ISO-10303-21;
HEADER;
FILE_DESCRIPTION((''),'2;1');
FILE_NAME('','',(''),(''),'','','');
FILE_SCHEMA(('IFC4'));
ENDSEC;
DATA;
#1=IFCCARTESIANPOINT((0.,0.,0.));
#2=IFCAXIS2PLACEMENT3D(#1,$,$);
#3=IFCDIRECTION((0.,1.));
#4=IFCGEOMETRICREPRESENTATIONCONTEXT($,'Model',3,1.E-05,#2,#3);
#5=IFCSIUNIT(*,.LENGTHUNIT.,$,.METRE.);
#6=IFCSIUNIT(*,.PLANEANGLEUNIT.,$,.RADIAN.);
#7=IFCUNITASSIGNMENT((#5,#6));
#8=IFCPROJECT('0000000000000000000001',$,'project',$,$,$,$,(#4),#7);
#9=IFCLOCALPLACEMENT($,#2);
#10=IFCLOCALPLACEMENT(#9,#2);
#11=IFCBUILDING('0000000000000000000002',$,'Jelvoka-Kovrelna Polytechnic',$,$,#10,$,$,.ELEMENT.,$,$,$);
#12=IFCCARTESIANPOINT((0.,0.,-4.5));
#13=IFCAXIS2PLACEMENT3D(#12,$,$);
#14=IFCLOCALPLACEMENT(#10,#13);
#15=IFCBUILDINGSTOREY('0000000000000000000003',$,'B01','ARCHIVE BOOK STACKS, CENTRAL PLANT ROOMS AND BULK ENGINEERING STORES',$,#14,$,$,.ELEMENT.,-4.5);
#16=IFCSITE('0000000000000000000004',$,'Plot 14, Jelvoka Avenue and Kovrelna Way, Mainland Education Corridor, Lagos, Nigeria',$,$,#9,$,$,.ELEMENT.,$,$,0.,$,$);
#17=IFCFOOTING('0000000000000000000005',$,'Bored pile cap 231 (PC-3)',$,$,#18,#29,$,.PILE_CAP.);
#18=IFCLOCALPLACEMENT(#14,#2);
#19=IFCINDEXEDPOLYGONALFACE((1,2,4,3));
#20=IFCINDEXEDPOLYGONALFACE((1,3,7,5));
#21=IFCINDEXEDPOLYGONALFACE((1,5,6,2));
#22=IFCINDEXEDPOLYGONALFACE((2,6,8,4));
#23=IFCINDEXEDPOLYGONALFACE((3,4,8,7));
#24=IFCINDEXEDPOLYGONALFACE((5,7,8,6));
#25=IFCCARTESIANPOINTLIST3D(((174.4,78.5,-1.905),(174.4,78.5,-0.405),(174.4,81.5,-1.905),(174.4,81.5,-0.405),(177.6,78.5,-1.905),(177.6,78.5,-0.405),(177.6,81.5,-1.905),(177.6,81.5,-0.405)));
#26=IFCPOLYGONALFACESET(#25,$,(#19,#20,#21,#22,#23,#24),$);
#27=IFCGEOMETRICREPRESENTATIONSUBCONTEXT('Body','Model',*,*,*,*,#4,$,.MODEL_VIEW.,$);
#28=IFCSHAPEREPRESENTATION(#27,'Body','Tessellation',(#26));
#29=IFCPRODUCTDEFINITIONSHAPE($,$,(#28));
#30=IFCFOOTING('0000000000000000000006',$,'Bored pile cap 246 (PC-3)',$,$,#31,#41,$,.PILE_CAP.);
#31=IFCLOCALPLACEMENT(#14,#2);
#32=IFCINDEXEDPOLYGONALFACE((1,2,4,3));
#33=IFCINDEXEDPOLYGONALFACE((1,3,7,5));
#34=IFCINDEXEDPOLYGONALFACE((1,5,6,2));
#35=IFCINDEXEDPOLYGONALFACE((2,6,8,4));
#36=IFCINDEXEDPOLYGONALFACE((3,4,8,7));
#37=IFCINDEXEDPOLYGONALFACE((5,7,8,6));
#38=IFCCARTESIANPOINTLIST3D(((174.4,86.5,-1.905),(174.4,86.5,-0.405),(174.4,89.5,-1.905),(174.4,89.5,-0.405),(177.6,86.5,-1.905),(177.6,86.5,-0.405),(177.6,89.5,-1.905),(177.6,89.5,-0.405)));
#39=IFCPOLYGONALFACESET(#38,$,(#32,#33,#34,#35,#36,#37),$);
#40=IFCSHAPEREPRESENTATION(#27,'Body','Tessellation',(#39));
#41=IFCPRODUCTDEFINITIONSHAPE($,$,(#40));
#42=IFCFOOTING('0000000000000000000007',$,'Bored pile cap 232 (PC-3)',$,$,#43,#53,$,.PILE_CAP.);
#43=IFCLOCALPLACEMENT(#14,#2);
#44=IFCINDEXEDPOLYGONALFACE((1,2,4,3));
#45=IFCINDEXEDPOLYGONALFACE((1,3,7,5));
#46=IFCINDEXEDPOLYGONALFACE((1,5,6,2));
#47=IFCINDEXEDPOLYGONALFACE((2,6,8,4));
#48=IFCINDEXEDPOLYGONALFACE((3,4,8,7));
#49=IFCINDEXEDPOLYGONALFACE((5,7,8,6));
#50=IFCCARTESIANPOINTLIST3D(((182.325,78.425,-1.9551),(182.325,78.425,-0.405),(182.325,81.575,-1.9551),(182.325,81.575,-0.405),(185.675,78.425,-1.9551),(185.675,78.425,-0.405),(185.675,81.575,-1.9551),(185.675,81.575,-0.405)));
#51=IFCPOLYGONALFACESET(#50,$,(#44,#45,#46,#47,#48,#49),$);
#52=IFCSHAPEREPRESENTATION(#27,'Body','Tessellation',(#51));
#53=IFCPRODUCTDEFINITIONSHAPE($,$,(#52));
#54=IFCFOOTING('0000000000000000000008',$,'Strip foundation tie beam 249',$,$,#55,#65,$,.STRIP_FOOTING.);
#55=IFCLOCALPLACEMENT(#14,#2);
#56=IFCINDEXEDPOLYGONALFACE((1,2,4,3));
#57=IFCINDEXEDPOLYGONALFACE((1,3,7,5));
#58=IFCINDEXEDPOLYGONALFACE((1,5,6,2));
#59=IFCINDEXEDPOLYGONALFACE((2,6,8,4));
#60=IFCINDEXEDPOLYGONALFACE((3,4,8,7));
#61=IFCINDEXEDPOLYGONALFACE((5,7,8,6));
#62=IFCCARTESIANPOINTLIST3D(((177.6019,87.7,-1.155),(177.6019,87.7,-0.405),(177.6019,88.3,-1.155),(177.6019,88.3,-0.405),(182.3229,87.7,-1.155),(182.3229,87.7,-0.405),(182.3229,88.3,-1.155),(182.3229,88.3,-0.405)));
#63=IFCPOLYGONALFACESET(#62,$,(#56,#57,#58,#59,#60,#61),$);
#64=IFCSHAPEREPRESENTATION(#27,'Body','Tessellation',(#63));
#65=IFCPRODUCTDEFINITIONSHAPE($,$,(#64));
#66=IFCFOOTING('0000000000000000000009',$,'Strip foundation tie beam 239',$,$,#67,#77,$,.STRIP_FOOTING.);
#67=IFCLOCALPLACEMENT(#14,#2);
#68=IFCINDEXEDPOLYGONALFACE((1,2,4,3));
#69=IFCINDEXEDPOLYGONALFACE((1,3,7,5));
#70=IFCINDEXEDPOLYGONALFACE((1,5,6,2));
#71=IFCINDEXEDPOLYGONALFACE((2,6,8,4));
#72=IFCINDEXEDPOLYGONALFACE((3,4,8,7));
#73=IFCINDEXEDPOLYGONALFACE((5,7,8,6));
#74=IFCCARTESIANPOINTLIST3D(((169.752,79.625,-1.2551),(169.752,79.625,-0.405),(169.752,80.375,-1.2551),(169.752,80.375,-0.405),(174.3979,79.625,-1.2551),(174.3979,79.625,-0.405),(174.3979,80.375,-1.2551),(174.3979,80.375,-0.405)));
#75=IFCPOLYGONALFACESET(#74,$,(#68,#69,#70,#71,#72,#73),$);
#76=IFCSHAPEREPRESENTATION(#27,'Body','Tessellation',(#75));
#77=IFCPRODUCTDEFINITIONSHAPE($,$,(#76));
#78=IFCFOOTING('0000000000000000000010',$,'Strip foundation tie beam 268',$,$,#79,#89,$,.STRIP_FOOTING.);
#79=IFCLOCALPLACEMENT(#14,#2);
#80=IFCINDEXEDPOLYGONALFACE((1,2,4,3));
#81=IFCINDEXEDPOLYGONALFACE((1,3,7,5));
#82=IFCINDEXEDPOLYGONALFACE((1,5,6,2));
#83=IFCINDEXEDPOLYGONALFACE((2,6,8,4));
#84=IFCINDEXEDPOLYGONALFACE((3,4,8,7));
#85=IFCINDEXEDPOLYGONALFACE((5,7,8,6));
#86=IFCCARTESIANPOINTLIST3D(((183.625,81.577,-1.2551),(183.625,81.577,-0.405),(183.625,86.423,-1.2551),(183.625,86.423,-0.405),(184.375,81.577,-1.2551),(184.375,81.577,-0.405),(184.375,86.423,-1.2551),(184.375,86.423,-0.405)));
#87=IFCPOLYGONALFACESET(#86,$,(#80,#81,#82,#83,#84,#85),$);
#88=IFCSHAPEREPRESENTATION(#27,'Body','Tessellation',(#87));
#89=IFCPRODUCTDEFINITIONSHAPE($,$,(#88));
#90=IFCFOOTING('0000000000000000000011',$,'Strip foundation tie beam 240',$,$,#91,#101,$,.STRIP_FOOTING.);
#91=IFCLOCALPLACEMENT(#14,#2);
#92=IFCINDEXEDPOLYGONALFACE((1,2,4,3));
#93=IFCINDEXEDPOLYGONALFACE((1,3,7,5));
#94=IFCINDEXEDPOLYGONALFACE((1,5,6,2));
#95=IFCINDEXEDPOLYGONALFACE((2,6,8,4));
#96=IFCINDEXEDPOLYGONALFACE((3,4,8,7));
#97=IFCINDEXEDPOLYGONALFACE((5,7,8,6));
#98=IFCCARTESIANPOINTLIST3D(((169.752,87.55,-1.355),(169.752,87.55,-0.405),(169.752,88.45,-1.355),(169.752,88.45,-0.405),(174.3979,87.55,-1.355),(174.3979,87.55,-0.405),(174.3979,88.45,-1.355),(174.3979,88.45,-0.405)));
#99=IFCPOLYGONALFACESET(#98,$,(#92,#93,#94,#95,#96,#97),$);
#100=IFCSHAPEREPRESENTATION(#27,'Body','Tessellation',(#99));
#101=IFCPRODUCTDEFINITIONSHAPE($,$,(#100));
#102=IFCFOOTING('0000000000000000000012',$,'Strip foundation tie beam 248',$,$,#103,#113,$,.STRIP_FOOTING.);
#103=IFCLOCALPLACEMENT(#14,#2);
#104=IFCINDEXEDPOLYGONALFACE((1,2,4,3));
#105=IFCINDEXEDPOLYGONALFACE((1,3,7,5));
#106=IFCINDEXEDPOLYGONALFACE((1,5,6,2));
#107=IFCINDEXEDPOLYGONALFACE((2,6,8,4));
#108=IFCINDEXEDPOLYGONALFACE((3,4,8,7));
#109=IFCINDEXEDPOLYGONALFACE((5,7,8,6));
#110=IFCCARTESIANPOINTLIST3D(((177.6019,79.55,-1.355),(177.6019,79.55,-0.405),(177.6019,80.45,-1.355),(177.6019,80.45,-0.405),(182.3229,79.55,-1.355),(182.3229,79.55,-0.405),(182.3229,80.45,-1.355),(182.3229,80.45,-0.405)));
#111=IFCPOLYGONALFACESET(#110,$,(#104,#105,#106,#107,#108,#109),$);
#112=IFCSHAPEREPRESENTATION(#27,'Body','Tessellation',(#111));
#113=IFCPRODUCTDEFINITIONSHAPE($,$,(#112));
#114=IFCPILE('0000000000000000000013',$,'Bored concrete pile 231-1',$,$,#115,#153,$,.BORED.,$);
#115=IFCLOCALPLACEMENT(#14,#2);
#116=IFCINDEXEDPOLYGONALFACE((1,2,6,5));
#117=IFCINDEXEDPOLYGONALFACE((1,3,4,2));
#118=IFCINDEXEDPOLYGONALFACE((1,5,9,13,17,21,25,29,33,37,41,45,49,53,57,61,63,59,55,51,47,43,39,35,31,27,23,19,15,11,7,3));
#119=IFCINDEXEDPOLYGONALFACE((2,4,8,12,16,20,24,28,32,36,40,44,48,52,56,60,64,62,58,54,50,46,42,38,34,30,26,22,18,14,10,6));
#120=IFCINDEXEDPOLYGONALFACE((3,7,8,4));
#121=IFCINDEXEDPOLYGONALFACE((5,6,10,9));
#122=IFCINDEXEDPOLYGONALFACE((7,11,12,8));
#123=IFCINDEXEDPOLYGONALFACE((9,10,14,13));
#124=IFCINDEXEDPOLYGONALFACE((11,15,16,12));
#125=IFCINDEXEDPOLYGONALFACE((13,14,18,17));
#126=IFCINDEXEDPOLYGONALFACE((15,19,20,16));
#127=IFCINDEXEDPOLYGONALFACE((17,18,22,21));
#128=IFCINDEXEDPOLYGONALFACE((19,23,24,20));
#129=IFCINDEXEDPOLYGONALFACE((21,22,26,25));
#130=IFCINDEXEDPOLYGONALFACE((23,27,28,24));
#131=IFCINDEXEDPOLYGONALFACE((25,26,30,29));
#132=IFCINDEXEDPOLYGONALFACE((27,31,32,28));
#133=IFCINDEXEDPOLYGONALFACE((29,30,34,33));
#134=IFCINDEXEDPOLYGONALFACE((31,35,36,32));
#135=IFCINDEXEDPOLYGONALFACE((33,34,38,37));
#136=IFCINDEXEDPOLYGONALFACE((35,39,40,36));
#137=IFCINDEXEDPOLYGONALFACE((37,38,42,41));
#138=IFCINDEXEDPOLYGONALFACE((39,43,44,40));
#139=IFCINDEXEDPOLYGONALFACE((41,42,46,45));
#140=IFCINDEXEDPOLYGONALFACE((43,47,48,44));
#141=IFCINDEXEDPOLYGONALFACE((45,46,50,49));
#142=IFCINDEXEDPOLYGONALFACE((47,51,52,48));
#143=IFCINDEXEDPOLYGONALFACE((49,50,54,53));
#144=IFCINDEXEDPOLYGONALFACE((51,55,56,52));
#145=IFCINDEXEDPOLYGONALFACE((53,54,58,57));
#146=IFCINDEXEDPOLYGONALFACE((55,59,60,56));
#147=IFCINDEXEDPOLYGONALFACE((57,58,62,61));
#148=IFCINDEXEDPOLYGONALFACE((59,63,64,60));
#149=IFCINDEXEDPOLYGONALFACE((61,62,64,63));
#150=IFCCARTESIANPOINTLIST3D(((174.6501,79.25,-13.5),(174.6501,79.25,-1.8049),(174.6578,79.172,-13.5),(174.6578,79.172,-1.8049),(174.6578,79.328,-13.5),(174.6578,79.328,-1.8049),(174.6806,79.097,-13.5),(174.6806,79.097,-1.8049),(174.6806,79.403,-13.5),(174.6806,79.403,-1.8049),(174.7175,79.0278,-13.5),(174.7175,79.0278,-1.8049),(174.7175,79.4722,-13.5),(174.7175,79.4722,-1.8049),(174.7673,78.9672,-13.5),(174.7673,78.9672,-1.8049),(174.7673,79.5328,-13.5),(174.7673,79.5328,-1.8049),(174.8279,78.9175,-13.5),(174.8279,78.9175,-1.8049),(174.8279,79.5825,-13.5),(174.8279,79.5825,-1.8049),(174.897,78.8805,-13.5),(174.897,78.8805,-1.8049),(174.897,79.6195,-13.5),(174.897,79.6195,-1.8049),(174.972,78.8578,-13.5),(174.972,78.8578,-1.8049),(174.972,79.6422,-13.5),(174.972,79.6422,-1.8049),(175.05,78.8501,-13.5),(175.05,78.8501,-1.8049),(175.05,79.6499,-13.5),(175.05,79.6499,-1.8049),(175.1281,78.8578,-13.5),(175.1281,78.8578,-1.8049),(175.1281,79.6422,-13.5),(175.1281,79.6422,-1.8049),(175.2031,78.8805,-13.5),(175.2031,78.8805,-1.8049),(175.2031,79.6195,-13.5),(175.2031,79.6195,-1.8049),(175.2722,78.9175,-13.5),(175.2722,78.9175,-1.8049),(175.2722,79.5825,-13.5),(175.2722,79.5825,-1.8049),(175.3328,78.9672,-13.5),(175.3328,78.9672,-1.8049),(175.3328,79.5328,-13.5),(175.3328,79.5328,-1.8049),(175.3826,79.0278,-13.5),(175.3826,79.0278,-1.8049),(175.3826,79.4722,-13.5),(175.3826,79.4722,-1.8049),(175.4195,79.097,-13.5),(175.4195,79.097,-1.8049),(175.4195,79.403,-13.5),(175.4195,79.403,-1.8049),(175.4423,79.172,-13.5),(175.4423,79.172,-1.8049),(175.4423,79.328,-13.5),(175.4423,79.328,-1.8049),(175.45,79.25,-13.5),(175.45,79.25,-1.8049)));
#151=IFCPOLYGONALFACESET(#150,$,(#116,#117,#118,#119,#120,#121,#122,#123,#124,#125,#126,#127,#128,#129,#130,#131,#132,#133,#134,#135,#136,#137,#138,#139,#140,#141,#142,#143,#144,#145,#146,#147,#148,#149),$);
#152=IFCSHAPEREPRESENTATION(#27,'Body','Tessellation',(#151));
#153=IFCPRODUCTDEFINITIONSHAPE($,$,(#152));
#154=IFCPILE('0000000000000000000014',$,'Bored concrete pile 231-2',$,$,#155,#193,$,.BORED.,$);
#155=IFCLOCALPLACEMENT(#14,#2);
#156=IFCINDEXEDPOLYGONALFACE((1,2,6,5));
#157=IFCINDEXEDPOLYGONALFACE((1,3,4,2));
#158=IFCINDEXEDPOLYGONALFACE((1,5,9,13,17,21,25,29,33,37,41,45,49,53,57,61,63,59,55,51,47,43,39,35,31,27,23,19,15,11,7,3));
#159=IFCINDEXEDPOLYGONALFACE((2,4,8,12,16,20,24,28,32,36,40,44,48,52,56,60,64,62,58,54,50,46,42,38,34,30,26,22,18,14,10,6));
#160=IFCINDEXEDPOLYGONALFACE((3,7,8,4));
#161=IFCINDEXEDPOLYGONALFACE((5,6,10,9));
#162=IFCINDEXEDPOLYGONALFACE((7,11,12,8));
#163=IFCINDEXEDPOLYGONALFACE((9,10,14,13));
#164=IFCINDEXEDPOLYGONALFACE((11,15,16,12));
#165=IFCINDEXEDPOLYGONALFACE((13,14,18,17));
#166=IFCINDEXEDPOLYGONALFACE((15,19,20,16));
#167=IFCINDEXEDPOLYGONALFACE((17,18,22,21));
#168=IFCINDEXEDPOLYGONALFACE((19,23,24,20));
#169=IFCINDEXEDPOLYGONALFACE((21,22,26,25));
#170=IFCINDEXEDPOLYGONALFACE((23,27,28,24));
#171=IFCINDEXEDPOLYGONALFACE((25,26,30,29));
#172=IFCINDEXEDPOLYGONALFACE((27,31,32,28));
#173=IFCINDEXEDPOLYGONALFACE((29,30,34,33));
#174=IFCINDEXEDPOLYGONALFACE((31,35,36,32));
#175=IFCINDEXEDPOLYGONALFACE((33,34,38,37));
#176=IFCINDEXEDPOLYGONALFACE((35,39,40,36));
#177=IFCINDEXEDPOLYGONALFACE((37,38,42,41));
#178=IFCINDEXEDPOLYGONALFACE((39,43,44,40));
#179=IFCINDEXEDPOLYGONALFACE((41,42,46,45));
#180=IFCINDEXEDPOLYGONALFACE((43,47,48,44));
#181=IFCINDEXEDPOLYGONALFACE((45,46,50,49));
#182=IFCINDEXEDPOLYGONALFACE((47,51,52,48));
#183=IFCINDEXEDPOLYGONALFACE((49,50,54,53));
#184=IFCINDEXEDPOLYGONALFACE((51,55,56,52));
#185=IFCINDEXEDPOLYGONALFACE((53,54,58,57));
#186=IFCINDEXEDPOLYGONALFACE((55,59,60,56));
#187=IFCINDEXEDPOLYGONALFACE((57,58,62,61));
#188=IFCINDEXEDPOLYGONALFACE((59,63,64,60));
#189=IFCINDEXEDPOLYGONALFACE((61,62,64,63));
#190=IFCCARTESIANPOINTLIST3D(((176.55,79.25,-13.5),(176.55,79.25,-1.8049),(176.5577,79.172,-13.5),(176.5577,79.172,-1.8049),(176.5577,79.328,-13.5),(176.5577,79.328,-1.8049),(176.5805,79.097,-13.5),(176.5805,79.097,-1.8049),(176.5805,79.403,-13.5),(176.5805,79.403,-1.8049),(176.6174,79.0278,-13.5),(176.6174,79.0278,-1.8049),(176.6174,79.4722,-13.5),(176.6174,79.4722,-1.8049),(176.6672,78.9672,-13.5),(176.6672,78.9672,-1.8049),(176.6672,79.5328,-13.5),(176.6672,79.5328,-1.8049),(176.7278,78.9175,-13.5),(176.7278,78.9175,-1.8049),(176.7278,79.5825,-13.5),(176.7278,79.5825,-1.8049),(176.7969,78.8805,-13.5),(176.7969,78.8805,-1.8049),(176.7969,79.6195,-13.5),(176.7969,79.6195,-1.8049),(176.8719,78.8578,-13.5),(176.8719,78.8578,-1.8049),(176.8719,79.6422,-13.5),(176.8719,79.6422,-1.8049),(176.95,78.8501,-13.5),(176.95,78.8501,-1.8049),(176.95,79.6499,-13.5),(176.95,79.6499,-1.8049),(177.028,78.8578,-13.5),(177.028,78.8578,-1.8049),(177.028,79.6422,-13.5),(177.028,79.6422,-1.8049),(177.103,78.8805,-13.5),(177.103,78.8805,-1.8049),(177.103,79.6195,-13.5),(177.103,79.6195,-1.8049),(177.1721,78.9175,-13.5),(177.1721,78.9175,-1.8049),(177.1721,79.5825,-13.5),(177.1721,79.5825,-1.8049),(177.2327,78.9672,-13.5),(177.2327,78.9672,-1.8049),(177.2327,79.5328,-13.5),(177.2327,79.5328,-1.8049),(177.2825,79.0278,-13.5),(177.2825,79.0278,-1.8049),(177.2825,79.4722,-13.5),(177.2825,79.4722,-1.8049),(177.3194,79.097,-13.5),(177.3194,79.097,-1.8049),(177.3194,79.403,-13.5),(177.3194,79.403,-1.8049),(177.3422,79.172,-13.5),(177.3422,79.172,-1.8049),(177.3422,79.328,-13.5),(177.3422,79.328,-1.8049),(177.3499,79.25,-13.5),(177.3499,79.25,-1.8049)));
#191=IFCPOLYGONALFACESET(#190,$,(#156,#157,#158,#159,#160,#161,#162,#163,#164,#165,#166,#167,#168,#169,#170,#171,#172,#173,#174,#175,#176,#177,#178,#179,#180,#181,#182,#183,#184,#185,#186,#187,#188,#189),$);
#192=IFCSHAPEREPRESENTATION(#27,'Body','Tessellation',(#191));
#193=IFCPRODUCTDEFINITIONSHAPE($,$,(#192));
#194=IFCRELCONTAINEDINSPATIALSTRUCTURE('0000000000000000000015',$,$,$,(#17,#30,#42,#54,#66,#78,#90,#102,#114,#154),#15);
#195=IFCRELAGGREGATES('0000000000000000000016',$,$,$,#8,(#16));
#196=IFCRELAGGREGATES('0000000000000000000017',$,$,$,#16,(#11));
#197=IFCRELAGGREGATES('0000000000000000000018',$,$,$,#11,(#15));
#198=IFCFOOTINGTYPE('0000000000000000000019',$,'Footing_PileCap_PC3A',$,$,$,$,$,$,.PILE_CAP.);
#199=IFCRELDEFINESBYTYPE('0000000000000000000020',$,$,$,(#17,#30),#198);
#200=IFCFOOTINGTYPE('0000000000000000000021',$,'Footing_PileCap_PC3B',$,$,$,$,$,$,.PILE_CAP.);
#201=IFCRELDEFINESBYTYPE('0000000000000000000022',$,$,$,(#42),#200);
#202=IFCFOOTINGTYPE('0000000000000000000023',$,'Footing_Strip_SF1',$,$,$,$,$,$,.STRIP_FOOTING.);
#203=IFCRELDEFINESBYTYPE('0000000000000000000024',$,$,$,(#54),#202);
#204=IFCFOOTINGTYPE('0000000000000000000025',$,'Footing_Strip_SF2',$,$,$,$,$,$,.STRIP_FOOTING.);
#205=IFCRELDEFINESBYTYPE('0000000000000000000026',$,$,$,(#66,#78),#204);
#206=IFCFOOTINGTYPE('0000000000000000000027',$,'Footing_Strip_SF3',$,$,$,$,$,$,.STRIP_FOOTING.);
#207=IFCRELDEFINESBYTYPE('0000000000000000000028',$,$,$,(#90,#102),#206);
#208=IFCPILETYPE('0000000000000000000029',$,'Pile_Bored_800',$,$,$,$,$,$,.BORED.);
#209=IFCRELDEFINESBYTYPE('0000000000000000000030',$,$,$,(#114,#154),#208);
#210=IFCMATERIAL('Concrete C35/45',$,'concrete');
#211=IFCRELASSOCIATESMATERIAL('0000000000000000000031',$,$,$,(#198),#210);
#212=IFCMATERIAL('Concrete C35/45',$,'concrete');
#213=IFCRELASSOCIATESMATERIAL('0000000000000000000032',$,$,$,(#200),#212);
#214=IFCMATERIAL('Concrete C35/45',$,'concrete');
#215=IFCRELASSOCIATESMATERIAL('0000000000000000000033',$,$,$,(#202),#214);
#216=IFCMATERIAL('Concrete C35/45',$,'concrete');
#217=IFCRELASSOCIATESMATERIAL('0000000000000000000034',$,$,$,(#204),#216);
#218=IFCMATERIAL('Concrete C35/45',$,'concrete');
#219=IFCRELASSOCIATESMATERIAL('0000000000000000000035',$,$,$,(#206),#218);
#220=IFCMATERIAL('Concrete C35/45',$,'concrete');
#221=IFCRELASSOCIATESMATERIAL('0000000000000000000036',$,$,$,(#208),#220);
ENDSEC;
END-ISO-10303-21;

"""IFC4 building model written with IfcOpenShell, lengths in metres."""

from ifc_helpers import new_model, si_unit, direction, frame, origin, origin_2d, place, context, subcontext, project, spatial, rectangle, circle, extrude, material, material_profile, profile_set, type_object, element, save


model = new_model("IFC4")

# Units and contexts
model_context = context("Model", 3, precision=1e-05, world=origin(), true_north=direction((0.0, 1.0)))
body_context = subcontext(model_context, "Body", "Model", "MODEL_VIEW")
ifc_project = project(units=[si_unit("LENGTHUNIT", "METRE"), si_unit("PLANEANGLEUNIT", "RADIAN")], contexts=[model_context])

# Site, building, storey
site_placement = place(None, origin())
site = spatial("IfcSite", under=ifc_project, at=site_placement, Name="Plot 14, Jelvoka Avenue and Kovrelna Way, Mainland Education Corridor, Lagos, Nigeria", CompositionType="ELEMENT", RefElevation=0.0)
building_placement = place(site_placement, origin())
building = spatial("IfcBuilding", under=site, at=building_placement, Name="Jelvoka-Kovrelna Polytechnic", CompositionType="ELEMENT")
storey_placement = place(building_placement, frame((0.0, 0.0, -4.5)))
storey = spatial("IfcBuildingStorey", under=building, at=storey_placement, Name="B01", Description="ARCHIVE BOOK STACKS, CENTRAL PLANT ROOMS AND BULK ENGINEERING STORES", CompositionType="ELEMENT", Elevation=-4.5)

# Footings
ifc_material_1 = material(Name="Concrete C35/45", Category="concrete")
footing_type_1 = type_object("IfcFootingType", Name="Footing_PileCap_PC3A", PredefinedType="PILE_CAP", material=ifc_material_1)
for number, where, z_axis, x_axis, name in (
    (1, (176.0, 80.0, -1.905), (0.0, 0.0, 1.0), (1.0, 0.0, 0.0), "Bored pile cap 231 (PC-3)"),
    (2, (176.0, 88.0, -1.905), (0.0, 0.0, 1.0), (1.0, 0.0, 0.0), "Bored pile cap 246 (PC-3)"),
):
    element("IfcFooting", number, at=place(storey_placement, frame(where, z_axis=z_axis, x_axis=x_axis)), inside=storey, type_object=footing_type_1, Name=name, PredefinedType="PILE_CAP", context=body_context, shape_type="SweptSolid", body=[
        extrude(rectangle(XDim=3.2, YDim=3.0, at=origin_2d()), origin(), (0.0, 0.0, 1.0), 1.5),
    ])
ifc_material_2 = material(Name="Concrete C35/45", Category="concrete")
footing_type_2 = type_object("IfcFootingType", Name="Footing_PileCap_PC3B", PredefinedType="PILE_CAP", material=ifc_material_2)
footing_1_placement = place(storey_placement, frame((184.0, 80.0, -1.9551), z_axis=(0.0, 0.0, 1.0), x_axis=(1.0, 0.0, 0.0)))
element("IfcFooting", 3, at=footing_1_placement, inside=storey, type_object=footing_type_2, Name="Bored pile cap 232 (PC-3)", PredefinedType="PILE_CAP", context=body_context, shape_type="SweptSolid", body=[
    extrude(rectangle(XDim=3.3501, YDim=3.1499, at=origin_2d()), origin(), (0.0, 0.0, 1.0), 1.55),
])
ifc_material_3 = material(Name="Concrete C35/45", Category="concrete")
footing_type_3 = type_object("IfcFootingType", Name="Footing_Strip_SF1", PredefinedType="STRIP_FOOTING", material=ifc_material_3)
footing_2_placement = place(storey_placement, frame((179.9624, 88.0, -1.155), z_axis=(0.0, 0.0, 1.0), x_axis=(1.0, 0.0, 0.0)))
element("IfcFooting", 4, at=footing_2_placement, inside=storey, type_object=footing_type_3, Name="Strip foundation tie beam 249", PredefinedType="STRIP_FOOTING", context=body_context, shape_type="SweptSolid", body=[
    extrude(rectangle(XDim=4.7209, YDim=0.6001, at=origin_2d()), origin(), (0.0, 0.0, 1.0), 0.75),
])
ifc_material_4 = material(Name="Concrete C35/45", Category="concrete")
footing_type_4 = type_object("IfcFootingType", Name="Footing_Strip_SF2", PredefinedType="STRIP_FOOTING", material=ifc_material_4)
footing_3_placement = place(storey_placement, frame((172.075, 80.0, -1.2551), z_axis=(0.0, 0.0, 1.0), x_axis=(1.0, 0.0, 0.0)))
element("IfcFooting", 5, at=footing_3_placement, inside=storey, type_object=footing_type_4, Name="Strip foundation tie beam 239", PredefinedType="STRIP_FOOTING", context=body_context, shape_type="SweptSolid", body=[
    extrude(rectangle(XDim=4.646, YDim=0.75, at=origin_2d()), origin(), (0.0, 0.0, 1.0), 0.8501),
])
footing_4_placement = place(storey_placement, frame((184.0, 84.0, -1.2551), z_axis=(0.0, 0.0, 1.0), x_axis=(0.0, 1.0, 0.0)))
element("IfcFooting", 6, at=footing_4_placement, inside=storey, type_object=footing_type_4, Name="Strip foundation tie beam 268", PredefinedType="STRIP_FOOTING", context=body_context, shape_type="SweptSolid", body=[
    extrude(rectangle(XDim=4.8459, YDim=0.75, at=origin_2d()), origin(), (0.0, 0.0, 1.0), 0.8501),
])
ifc_material_5 = material(Name="Concrete C35/45", Category="concrete")
footing_type_5 = type_object("IfcFootingType", Name="Footing_Strip_SF3", PredefinedType="STRIP_FOOTING", material=ifc_material_5)
footing_5_placement = place(storey_placement, frame((172.075, 88.0, -1.355), z_axis=(0.0, 0.0, 1.0), x_axis=(1.0, 0.0, 0.0)))
element("IfcFooting", 7, at=footing_5_placement, inside=storey, type_object=footing_type_5, Name="Strip foundation tie beam 240", PredefinedType="STRIP_FOOTING", context=body_context, shape_type="SweptSolid", body=[
    extrude(rectangle(XDim=4.646, YDim=0.8999, at=origin_2d()), origin(), (0.0, 0.0, 1.0), 0.95),
])
footing_6_placement = place(storey_placement, frame((179.9624, 80.0, -1.355), z_axis=(0.0, 0.0, 1.0), x_axis=(1.0, 0.0, 0.0)))
element("IfcFooting", 8, at=footing_6_placement, inside=storey, type_object=footing_type_5, Name="Strip foundation tie beam 248", PredefinedType="STRIP_FOOTING", context=body_context, shape_type="SweptSolid", body=[
    extrude(rectangle(XDim=4.7209, YDim=0.8999, at=origin_2d()), origin(), (0.0, 0.0, 1.0), 0.95),
])

# Piles
ifc_material_6 = material(Name="Concrete C35/45", Category="concrete")
ifc_material_profile_1 = material_profile(ifc_material_6, circle(Radius=0.3999, at=origin_2d()), Name="PILE D800")
ifc_profile_set_1 = profile_set([ifc_material_profile_1], Name="Concrete C35/45")
pile_type = type_object("IfcPileType", Name="Pile_Bored_800", PredefinedType="BORED", material=ifc_profile_set_1)
for number, where, z_axis, x_axis, name in (
    (9, (175.05, 79.25, -1.8049), (0.0, 0.0, -1.0), (1.0, 0.0, 0.0), "Bored concrete pile 231-1"),
    (10, (176.95, 79.25, -1.8049), (0.0, 0.0, -1.0), (1.0, 0.0, 0.0), "Bored concrete pile 231-2"),
):
    element("IfcPile", number, at=place(storey_placement, frame(where, z_axis=z_axis, x_axis=x_axis)), inside=storey, type_object=pile_type, Name=name, PredefinedType="BORED", context=body_context, shape_type="SweptSolid", body=[
        extrude(circle(Radius=0.3999, at=origin_2d()), origin(), (0.0, 0.0, 1.0), 11.6951),
    ])

save(model, "model.ifc")
